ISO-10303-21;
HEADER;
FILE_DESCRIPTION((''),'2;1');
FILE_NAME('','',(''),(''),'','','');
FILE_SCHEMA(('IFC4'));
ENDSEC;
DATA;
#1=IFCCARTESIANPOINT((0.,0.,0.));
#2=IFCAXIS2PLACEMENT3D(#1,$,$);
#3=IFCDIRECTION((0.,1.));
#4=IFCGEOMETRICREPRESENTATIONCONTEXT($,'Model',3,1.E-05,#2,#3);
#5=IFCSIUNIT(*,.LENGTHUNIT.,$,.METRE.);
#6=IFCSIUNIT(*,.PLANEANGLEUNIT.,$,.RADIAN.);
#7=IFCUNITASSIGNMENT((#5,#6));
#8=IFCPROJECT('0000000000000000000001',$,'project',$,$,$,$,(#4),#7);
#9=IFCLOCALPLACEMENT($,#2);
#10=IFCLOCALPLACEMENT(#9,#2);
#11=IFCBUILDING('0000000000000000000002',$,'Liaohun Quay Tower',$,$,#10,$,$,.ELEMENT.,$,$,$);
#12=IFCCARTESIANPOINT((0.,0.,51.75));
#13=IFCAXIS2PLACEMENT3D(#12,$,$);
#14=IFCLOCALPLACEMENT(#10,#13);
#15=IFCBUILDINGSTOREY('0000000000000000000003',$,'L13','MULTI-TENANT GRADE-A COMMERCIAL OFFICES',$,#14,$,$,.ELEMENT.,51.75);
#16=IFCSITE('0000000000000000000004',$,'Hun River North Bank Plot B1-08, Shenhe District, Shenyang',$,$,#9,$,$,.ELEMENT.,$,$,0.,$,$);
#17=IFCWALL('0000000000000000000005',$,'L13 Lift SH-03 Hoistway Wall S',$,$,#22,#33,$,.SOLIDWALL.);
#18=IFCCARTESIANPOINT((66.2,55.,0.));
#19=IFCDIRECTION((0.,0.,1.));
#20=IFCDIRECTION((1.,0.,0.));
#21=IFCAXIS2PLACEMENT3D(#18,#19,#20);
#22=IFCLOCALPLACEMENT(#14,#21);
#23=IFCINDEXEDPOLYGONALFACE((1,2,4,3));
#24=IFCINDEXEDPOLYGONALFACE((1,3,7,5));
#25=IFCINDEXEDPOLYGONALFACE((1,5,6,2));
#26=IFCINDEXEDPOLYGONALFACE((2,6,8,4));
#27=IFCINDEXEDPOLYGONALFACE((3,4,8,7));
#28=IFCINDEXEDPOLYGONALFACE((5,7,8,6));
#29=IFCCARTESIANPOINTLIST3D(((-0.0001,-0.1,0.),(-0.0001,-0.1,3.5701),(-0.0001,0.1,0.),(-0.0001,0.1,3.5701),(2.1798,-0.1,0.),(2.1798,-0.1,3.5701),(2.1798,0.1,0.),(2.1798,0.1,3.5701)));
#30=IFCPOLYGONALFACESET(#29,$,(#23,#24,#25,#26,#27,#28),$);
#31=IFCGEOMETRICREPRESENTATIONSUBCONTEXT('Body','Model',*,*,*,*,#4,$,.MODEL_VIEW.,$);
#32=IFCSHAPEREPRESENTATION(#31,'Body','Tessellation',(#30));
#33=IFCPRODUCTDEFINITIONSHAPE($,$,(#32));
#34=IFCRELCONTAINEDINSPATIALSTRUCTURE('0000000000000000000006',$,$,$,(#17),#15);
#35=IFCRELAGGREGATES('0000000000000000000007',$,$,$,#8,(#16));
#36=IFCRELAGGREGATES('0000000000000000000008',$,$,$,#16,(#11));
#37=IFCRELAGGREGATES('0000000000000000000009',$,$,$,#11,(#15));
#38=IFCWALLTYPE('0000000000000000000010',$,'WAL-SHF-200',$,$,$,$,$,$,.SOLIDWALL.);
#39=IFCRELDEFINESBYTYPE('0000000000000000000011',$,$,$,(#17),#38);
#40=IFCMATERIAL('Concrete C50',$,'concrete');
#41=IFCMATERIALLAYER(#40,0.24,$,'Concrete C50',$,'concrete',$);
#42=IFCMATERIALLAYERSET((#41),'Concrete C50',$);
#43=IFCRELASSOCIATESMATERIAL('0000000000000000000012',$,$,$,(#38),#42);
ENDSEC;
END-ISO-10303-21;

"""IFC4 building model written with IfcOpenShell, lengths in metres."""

from ifc_helpers import new_model, si_unit, direction, frame, frame_2d, origin, place, context, subcontext, project, spatial, rectangle, extrude, material, layer, layer_set, type_object, element, save


model = new_model("IFC4")

# Units and contexts
model_context = context("Model", 3, precision=1e-05, world=origin(), true_north=direction((0.0, 1.0)))
body_context = subcontext(model_context, "Body", "Model", "MODEL_VIEW")
ifc_project = project(units=[si_unit("LENGTHUNIT", "METRE"), si_unit("PLANEANGLEUNIT", "RADIAN")], contexts=[model_context])

# Site, building, storey
site_placement = place(None, origin())
site = spatial("IfcSite", under=ifc_project, at=site_placement, Name="Hun River North Bank Plot B1-08, Shenhe District, Shenyang", CompositionType="ELEMENT", RefElevation=0.0)
building_placement = place(site_placement, origin())
building = spatial("IfcBuilding", under=site, at=building_placement, Name="Liaohun Quay Tower", CompositionType="ELEMENT")
storey_placement = place(building_placement, frame((0.0, 0.0, 51.75)))
storey = spatial("IfcBuildingStorey", under=building, at=storey_placement, Name="L13", Description="MULTI-TENANT GRADE-A COMMERCIAL OFFICES", CompositionType="ELEMENT", Elevation=51.75)

# Shared definitions
ifc_material_1 = material(Name="Concrete C50", Category="concrete")
ifc_layer = layer(ifc_material_1, 0.24, Name="Concrete C50", Category="concrete")
ifc_layer_set = layer_set([ifc_layer], Name="Concrete C50")
wall_type = type_object("IfcWallType", Name="WAL-SHF-200", PredefinedType="SOLIDWALL", material=ifc_layer_set)

# Wall
wall_1_placement = place(storey_placement, frame((66.2, 55.0, 0.0), z_axis=(0.0, 0.0, 1.0), x_axis=(1.0, 0.0, 0.0)))
element("IfcWall", 1, at=wall_1_placement, inside=storey, type_object=wall_type, Name="L13 Lift SH-03 Hoistway Wall S", PredefinedType="SOLIDWALL", context=body_context, shape_type="SweptSolid", body=[
    extrude(rectangle(XDim=2.1799, YDim=0.2, at=frame_2d((1.0898, 0.0))), origin(), (0.0, 0.0, 1.0), 3.5701),
])

save(model, "model.ifc")
